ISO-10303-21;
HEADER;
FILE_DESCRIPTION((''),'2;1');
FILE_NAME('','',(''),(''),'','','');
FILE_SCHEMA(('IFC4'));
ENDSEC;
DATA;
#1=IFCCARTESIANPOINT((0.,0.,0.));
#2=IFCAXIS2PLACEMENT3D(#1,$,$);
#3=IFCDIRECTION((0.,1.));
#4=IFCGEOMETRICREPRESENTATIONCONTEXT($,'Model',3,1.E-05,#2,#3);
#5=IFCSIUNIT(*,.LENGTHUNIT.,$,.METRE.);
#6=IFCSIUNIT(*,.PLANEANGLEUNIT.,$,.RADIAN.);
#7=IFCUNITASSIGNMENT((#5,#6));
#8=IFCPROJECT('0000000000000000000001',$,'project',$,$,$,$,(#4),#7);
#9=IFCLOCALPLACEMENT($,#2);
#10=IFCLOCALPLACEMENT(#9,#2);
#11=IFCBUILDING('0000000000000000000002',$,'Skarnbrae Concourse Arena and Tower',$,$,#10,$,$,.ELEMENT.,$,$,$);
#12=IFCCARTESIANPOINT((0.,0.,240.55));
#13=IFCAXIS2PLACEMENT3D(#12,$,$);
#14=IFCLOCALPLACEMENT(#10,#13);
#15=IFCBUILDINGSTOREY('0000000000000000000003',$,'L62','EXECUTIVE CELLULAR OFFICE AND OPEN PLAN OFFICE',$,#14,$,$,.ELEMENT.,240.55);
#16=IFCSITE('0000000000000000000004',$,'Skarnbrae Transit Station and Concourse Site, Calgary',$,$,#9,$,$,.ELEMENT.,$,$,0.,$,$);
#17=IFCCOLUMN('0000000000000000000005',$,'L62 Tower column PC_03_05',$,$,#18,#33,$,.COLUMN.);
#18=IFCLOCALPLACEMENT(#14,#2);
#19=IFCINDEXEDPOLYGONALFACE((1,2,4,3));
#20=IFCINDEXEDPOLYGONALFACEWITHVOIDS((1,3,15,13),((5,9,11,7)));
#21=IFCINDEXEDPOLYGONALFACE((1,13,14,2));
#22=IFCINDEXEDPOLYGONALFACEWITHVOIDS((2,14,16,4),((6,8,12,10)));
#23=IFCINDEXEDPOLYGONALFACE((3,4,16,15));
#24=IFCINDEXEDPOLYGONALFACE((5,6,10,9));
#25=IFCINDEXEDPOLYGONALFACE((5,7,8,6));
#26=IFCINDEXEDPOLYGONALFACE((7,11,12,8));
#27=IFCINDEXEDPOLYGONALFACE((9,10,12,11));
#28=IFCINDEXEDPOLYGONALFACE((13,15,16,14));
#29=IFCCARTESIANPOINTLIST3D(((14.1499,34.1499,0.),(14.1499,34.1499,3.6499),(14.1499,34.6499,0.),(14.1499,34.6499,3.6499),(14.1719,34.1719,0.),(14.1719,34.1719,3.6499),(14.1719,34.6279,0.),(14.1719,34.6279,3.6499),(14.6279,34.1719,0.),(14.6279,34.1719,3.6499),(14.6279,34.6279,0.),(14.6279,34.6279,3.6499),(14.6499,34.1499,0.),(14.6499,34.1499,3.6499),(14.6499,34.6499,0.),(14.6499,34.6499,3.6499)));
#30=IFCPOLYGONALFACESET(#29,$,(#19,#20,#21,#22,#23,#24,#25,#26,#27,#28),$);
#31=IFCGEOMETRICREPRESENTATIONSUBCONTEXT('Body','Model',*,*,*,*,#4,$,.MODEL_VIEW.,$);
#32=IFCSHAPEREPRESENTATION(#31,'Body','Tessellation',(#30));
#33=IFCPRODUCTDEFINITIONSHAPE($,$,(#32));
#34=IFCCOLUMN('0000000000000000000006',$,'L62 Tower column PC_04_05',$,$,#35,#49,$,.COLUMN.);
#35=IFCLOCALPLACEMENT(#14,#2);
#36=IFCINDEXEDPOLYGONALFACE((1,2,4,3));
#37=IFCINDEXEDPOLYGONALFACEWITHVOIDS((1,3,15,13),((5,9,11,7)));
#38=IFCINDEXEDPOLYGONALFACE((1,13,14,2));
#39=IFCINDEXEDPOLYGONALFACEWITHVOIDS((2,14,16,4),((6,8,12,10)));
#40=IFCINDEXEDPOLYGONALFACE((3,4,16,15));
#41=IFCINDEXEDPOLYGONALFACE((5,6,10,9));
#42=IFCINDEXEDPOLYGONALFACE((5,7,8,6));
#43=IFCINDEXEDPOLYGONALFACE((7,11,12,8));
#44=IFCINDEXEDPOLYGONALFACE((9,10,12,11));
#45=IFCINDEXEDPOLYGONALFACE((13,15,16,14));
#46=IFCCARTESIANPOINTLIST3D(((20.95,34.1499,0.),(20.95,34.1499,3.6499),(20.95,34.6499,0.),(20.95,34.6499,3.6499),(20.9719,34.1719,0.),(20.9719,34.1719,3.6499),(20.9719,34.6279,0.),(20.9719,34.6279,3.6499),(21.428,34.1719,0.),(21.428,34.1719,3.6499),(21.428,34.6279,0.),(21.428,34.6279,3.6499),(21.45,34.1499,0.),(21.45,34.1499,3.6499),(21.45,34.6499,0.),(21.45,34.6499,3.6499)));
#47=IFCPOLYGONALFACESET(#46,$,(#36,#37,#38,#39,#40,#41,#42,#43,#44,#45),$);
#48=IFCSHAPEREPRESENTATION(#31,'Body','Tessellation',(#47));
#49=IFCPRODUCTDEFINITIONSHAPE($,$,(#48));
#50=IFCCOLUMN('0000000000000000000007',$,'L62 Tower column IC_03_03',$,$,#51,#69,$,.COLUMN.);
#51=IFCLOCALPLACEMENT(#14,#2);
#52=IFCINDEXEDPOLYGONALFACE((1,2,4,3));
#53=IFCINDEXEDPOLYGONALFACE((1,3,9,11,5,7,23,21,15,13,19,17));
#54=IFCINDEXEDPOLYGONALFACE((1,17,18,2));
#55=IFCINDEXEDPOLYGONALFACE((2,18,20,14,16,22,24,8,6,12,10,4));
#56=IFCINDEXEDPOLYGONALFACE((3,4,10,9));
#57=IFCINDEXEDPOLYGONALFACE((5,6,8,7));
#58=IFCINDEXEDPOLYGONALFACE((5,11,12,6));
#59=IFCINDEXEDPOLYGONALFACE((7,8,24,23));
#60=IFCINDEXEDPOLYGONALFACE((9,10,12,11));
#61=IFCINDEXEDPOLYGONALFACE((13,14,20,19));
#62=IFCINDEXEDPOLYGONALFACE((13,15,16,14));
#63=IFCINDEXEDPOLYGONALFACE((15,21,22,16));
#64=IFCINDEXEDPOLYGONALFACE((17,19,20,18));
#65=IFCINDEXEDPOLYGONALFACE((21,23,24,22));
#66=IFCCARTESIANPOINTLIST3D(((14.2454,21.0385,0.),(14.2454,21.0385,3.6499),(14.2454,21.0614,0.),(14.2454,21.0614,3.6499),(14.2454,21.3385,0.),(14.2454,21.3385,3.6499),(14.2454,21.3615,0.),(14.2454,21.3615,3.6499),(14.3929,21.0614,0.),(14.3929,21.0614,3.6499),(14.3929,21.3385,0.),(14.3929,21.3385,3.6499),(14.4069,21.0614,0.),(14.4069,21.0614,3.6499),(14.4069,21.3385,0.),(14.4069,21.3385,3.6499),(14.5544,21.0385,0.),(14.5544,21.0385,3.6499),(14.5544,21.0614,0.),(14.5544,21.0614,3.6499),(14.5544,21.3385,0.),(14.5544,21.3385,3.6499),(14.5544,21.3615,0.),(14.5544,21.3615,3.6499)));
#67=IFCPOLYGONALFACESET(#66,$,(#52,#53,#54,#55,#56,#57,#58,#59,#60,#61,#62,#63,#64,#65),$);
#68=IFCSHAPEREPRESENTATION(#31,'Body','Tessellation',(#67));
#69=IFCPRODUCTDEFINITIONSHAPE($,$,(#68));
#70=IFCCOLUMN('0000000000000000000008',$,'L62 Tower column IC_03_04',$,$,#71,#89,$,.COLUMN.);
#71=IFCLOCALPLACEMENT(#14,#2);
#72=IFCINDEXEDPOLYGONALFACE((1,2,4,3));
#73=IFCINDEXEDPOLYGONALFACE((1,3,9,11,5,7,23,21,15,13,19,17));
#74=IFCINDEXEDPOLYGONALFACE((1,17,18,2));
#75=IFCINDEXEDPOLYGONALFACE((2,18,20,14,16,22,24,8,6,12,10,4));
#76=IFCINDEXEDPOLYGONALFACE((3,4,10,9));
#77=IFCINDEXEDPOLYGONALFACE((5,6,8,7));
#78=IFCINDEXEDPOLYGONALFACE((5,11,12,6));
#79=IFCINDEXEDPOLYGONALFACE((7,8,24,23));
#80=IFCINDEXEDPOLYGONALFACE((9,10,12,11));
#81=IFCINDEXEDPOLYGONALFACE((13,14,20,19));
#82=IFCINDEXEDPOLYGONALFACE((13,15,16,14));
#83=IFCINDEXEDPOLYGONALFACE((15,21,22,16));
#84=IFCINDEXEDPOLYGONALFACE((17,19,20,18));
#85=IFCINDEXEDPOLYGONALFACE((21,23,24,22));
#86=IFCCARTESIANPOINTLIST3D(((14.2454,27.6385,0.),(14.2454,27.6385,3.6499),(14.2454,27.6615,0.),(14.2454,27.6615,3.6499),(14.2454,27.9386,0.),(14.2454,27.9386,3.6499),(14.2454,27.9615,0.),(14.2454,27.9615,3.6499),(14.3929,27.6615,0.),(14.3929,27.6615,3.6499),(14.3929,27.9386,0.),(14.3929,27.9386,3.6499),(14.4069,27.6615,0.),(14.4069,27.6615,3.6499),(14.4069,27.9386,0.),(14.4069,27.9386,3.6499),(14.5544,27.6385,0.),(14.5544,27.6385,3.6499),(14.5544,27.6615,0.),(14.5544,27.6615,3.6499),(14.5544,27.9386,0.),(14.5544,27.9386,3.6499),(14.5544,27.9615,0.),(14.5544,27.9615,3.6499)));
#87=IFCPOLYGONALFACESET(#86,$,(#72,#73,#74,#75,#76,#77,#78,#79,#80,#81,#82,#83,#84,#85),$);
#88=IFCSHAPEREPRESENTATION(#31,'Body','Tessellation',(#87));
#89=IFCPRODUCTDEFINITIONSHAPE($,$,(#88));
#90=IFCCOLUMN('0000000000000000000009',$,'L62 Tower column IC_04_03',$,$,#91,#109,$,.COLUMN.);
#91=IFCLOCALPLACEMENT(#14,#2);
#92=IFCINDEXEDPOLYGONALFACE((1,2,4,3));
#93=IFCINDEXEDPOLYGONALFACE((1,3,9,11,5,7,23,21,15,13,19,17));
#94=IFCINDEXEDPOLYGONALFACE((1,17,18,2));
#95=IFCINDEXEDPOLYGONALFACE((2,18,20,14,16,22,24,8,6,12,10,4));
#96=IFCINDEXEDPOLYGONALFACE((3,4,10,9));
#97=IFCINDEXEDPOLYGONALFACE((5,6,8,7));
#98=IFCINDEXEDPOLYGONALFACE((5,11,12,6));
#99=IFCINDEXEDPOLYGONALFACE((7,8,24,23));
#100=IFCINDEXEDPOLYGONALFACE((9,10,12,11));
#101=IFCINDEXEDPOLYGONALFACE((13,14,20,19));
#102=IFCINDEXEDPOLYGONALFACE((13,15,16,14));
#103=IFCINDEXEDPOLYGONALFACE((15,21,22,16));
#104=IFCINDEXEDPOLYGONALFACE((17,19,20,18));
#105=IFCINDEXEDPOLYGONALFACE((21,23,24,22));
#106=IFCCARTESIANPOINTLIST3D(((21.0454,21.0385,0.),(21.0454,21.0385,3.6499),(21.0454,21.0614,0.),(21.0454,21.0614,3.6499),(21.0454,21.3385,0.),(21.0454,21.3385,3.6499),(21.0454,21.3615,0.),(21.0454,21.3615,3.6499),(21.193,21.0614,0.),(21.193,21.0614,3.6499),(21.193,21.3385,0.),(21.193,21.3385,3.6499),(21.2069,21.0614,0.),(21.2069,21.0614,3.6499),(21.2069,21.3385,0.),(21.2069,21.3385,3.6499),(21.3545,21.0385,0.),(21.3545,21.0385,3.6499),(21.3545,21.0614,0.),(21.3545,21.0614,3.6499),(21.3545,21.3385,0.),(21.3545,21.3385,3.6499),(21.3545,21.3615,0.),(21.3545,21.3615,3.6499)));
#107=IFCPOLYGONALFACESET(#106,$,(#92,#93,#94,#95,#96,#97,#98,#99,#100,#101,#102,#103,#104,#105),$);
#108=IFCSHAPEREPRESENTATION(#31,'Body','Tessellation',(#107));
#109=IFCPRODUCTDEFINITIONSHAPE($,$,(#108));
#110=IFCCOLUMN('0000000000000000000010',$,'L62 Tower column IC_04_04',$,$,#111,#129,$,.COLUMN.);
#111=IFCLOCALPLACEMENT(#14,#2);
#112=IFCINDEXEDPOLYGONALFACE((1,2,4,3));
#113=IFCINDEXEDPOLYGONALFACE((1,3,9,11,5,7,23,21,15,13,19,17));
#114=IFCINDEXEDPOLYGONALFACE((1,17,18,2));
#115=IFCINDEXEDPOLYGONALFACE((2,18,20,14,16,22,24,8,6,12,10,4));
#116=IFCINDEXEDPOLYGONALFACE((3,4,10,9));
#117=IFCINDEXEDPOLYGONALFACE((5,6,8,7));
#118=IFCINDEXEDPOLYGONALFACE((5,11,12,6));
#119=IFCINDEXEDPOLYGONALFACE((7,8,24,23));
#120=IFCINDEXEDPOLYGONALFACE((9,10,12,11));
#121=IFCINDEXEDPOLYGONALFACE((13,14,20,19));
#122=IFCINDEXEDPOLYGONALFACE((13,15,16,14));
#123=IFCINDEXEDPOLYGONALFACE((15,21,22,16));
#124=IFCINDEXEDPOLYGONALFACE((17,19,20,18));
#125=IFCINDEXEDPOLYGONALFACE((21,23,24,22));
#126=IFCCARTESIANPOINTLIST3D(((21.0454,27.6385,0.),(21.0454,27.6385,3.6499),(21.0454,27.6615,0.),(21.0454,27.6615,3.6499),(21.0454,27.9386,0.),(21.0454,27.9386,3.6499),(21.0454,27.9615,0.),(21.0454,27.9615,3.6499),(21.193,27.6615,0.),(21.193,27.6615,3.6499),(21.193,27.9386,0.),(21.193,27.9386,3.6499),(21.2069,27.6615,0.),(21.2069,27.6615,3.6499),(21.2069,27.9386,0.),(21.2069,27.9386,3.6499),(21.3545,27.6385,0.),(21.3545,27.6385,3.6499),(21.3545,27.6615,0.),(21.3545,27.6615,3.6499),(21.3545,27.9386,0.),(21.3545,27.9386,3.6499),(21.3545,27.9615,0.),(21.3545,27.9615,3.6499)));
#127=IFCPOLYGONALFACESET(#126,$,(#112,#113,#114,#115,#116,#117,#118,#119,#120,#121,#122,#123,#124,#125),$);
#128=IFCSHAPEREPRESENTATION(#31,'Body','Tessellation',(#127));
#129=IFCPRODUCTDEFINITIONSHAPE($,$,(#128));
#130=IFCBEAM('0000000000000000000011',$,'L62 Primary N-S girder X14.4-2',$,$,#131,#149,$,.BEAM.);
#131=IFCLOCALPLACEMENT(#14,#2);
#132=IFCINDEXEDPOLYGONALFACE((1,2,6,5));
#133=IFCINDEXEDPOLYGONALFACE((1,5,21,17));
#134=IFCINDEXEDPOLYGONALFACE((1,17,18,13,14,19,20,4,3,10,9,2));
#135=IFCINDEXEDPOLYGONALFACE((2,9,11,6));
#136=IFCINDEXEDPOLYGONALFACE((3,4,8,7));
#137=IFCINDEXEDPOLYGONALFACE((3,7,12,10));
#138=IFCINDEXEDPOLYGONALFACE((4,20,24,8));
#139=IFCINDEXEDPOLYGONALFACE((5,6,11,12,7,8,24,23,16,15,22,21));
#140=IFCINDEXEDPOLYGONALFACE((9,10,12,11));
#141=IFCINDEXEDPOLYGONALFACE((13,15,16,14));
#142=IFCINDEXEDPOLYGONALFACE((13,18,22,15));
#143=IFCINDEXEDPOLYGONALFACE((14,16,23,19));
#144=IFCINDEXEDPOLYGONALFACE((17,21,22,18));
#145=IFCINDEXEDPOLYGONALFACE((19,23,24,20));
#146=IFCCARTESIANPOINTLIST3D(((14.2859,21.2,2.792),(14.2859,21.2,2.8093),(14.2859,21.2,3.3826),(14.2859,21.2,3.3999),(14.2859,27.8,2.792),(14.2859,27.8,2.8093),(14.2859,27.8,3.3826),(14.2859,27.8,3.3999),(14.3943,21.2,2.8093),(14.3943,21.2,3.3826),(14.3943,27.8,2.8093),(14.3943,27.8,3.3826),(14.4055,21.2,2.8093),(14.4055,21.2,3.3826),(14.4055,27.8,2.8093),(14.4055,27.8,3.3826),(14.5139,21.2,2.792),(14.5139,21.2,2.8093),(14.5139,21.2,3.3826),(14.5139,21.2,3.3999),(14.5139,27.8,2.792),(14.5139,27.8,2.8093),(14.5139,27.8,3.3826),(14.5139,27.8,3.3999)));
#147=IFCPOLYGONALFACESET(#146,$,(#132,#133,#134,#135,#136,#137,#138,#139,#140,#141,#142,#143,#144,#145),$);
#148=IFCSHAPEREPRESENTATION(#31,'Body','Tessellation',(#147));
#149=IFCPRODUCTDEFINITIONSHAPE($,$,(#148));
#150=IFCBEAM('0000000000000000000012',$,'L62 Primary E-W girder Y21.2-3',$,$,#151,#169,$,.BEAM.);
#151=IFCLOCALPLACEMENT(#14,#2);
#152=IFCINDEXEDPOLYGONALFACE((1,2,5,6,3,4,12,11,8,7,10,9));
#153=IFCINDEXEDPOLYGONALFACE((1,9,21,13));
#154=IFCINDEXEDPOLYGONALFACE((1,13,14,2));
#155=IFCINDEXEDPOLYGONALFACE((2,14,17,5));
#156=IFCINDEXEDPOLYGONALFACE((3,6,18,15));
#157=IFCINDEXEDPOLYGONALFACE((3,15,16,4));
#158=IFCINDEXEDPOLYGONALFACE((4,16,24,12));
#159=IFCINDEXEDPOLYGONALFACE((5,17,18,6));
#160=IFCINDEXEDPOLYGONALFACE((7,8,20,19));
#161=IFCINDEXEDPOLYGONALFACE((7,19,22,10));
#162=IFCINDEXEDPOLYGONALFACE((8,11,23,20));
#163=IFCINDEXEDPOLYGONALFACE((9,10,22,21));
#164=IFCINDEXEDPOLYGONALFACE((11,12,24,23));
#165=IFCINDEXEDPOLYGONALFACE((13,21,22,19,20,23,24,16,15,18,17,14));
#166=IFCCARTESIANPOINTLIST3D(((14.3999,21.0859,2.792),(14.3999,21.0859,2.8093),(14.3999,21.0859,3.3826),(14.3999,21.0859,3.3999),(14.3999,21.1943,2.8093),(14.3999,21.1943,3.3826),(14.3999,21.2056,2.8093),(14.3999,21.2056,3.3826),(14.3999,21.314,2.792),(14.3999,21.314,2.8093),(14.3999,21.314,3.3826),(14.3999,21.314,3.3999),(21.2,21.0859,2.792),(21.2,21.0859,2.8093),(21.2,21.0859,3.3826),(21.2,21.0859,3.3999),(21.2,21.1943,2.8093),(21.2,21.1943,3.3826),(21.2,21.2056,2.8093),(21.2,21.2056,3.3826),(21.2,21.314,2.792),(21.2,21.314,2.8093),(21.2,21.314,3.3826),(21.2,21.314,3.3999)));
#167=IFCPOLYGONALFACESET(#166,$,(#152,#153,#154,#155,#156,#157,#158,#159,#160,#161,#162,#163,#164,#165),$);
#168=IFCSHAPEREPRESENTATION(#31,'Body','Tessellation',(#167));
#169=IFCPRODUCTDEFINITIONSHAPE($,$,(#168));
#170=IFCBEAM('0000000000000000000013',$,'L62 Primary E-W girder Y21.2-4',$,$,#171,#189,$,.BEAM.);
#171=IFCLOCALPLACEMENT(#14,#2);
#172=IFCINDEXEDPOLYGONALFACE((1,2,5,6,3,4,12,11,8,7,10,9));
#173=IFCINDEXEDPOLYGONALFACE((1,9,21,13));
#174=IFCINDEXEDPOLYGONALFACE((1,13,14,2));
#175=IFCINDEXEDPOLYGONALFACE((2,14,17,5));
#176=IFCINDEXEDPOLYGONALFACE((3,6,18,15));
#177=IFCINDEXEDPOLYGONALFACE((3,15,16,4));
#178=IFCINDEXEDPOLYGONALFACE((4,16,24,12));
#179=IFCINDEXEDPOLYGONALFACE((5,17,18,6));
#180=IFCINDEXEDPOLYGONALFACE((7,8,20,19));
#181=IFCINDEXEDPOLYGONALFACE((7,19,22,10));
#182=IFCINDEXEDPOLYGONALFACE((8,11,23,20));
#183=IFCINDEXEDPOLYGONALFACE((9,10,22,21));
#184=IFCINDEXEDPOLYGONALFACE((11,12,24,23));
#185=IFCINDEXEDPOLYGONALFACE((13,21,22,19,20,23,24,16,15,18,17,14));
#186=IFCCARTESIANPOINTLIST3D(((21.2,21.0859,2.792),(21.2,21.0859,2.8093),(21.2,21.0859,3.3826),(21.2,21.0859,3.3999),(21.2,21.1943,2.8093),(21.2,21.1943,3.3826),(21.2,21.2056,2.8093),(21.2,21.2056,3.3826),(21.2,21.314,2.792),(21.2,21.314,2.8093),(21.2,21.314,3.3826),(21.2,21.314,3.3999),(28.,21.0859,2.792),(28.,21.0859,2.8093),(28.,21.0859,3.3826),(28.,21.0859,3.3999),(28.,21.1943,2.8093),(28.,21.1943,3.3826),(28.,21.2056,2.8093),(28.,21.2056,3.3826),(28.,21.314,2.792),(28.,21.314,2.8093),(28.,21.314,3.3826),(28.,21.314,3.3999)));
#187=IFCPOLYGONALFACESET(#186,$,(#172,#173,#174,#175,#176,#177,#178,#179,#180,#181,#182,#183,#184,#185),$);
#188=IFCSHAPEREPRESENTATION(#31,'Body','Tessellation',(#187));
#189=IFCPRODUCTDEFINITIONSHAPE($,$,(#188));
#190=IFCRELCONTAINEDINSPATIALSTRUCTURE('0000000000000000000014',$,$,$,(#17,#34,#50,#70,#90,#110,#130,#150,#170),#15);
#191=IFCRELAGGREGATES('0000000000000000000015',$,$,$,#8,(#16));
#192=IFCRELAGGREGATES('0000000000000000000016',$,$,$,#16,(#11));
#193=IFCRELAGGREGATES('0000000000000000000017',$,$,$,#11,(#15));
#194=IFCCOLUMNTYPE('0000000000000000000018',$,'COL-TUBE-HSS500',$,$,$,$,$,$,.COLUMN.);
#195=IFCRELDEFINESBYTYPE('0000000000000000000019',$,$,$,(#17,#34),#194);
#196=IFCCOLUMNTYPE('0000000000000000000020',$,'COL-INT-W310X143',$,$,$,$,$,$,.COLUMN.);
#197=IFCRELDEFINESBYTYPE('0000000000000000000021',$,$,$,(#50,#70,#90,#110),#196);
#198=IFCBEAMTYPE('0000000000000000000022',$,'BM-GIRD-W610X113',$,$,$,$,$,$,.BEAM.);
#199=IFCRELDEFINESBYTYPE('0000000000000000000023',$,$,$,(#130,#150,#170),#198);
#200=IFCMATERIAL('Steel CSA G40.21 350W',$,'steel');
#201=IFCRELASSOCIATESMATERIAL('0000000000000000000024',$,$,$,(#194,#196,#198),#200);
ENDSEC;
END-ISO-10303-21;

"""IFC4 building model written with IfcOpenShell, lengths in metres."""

from ifc_helpers import new_model, si_unit, direction, frame, origin, origin_2d, place, context, subcontext, project, spatial, hollow_rectangle, i_section, extrude, source, transform, mapped, material, material_profile, profile_set, type_object, element, save


model = new_model("IFC4")

# Units and contexts
model_context = context("Model", 3, precision=1e-05, world=origin(), true_north=direction((0.0, 1.0)))
body_context = subcontext(model_context, "Body", "Model", "MODEL_VIEW")
ifc_project = project(units=[si_unit("LENGTHUNIT", "METRE"), si_unit("PLANEANGLEUNIT", "RADIAN")], contexts=[model_context])

# Site, building, storey
site_placement = place(None, origin())
site = spatial("IfcSite", under=ifc_project, at=site_placement, Name="Skarnbrae Transit Station and Concourse Site, Calgary", CompositionType="ELEMENT", RefElevation=0.0)
building_placement = place(site_placement, origin())
building = spatial("IfcBuilding", under=site, at=building_placement, Name="Skarnbrae Concourse Arena and Tower", CompositionType="ELEMENT")
storey_placement = place(building_placement, frame((0.0, 0.0, 240.55)))
storey = spatial("IfcBuildingStorey", under=building, at=storey_placement, Name="L62", Description="EXECUTIVE CELLULAR OFFICE AND OPEN PLAN OFFICE", CompositionType="ELEMENT", Elevation=240.55)

# Columns
ifc_material_1 = material(Name="Steel CSA G40.21 350W", Category="steel")
ifc_material_profile_1 = material_profile(ifc_material_1, hollow_rectangle(XDim=0.5, YDim=0.5, WallThickness=0.022, at=origin_2d()), Name="HSS500X500X22.0")
ifc_profile_set_1 = profile_set([ifc_material_profile_1], Name="Steel CSA G40.21 350W")
column_type_1 = type_object("IfcColumnType", Name="COL-TUBE-HSS500", PredefinedType="COLUMN", material=ifc_profile_set_1)
shared_shape_1 = source(origin(), body_context, "Body", "SweptSolid", [
    extrude(hollow_rectangle(XDim=0.5, YDim=0.5, WallThickness=0.022, at=origin_2d()), origin(), (0.0, 0.0, 1.0), 3.6499),
])
for number, where, z_axis, x_axis, name in (
    (1, (14.3999, 34.3999, 0.0), (0.0, 0.0, 1.0), (1.0, 0.0, 0.0), "L62 Tower column PC_03_05"),
    (2, (21.2, 34.3999, 0.0), (0.0, 0.0, 1.0), (1.0, 0.0, 0.0), "L62 Tower column PC_04_05"),
):
    element("IfcColumn", number, at=place(storey_placement, frame(where, z_axis=z_axis, x_axis=x_axis)), inside=storey, type_object=column_type_1, Name=name, PredefinedType="COLUMN", context=body_context, shape_type="MappedRepresentation", body=[
        mapped(shared_shape_1, transform((0.0, 0.0, 0.0))),
    ])
ifc_material_profile_2 = material_profile(ifc_material_1, i_section(OverallWidth=0.3091, OverallDepth=0.323, WebThickness=0.0139, FlangeThickness=0.0229, at=origin_2d()), Name="W310X143")
ifc_profile_set_2 = profile_set([ifc_material_profile_2], Name="Steel CSA G40.21 350W")
column_type_2 = type_object("IfcColumnType", Name="COL-INT-W310X143", PredefinedType="COLUMN", material=ifc_profile_set_2)
shared_shape_2 = source(origin(), body_context, "Body", "SweptSolid", [
    extrude(i_section(OverallWidth=0.3091, OverallDepth=0.323, WebThickness=0.0139, FlangeThickness=0.0229, at=origin_2d()), origin(), (0.0, 0.0, 1.0), 3.6499),
])
for number, where, z_axis, x_axis, name in (
    (3, (14.3999, 21.2, 0.0), (0.0, 0.0, 1.0), (1.0, 0.0, 0.0), "L62 Tower column IC_03_03"),
    (4, (14.3999, 27.8, 0.0), (0.0, 0.0, 1.0), (1.0, 0.0, 0.0), "L62 Tower column IC_03_04"),
    (5, (21.2, 21.2, 0.0), (0.0, 0.0, 1.0), (1.0, 0.0, 0.0), "L62 Tower column IC_04_03"),
    (6, (21.2, 27.8, 0.0), (0.0, 0.0, 1.0), (1.0, 0.0, 0.0), "L62 Tower column IC_04_04"),
):
    element("IfcColumn", number, at=place(storey_placement, frame(where, z_axis=z_axis, x_axis=x_axis)), inside=storey, type_object=column_type_2, Name=name, PredefinedType="COLUMN", context=body_context, shape_type="MappedRepresentation", body=[
        mapped(shared_shape_2, transform((0.0, 0.0, 0.0))),
    ])

# Beams
ifc_material_profile_3 = material_profile(ifc_material_1, i_section(OverallWidth=0.228, OverallDepth=0.6079, WebThickness=0.0112, FlangeThickness=0.0173, at=origin_2d()), Name="W610X113")
ifc_profile_set_3 = profile_set([ifc_material_profile_3], Name="Steel CSA G40.21 350W")
beam_type_1 = type_object("IfcBeamType", Name="BM-GIRD-W610X113", PredefinedType="BEAM", material=ifc_profile_set_3)
shared_shape_3 = source(origin(), body_context, "Body", "SweptSolid", [
    extrude(i_section(OverallWidth=0.228, OverallDepth=0.6079, WebThickness=0.0112, FlangeThickness=0.0173, at=origin_2d()), origin(), (0.0, 0.0, 1.0), 6.6001),
])
beam_1_placement = place(storey_placement, frame((14.3999, 21.2, 3.0959), z_axis=(0.0, 1.0, 0.0), x_axis=(-1.0, 0.0, 0.0)))
element("IfcBeam", 7, at=beam_1_placement, inside=storey, type_object=beam_type_1, Name="L62 Primary N-S girder X14.4-2", PredefinedType="BEAM", context=body_context, shape_type="MappedRepresentation", body=[
    mapped(shared_shape_3, transform((0.0, 0.0, 0.0))),
])
shared_shape_4 = source(origin(), body_context, "Body", "SweptSolid", [
    extrude(i_section(OverallWidth=0.228, OverallDepth=0.6079, WebThickness=0.0112, FlangeThickness=0.0173, at=origin_2d()), origin(), (0.0, 0.0, 1.0), 6.8),
])
for number, where, z_axis, x_axis, name in (
    (8, (14.3999, 21.2, 3.0959), (1.0, 0.0, 0.0), (0.0, 1.0, 0.0), "L62 Primary E-W girder Y21.2-3"),
    (9, (21.2, 21.2, 3.0959), (1.0, 0.0, 0.0), (0.0, 1.0, 0.0), "L62 Primary E-W girder Y21.2-4"),
):
    element("IfcBeam", number, at=place(storey_placement, frame(where, z_axis=z_axis, x_axis=x_axis)), inside=storey, type_object=beam_type_1, Name=name, PredefinedType="BEAM", context=body_context, shape_type="MappedRepresentation", body=[
        mapped(shared_shape_4, transform((0.0, 0.0, 0.0))),
    ])

save(model, "model.ifc")
